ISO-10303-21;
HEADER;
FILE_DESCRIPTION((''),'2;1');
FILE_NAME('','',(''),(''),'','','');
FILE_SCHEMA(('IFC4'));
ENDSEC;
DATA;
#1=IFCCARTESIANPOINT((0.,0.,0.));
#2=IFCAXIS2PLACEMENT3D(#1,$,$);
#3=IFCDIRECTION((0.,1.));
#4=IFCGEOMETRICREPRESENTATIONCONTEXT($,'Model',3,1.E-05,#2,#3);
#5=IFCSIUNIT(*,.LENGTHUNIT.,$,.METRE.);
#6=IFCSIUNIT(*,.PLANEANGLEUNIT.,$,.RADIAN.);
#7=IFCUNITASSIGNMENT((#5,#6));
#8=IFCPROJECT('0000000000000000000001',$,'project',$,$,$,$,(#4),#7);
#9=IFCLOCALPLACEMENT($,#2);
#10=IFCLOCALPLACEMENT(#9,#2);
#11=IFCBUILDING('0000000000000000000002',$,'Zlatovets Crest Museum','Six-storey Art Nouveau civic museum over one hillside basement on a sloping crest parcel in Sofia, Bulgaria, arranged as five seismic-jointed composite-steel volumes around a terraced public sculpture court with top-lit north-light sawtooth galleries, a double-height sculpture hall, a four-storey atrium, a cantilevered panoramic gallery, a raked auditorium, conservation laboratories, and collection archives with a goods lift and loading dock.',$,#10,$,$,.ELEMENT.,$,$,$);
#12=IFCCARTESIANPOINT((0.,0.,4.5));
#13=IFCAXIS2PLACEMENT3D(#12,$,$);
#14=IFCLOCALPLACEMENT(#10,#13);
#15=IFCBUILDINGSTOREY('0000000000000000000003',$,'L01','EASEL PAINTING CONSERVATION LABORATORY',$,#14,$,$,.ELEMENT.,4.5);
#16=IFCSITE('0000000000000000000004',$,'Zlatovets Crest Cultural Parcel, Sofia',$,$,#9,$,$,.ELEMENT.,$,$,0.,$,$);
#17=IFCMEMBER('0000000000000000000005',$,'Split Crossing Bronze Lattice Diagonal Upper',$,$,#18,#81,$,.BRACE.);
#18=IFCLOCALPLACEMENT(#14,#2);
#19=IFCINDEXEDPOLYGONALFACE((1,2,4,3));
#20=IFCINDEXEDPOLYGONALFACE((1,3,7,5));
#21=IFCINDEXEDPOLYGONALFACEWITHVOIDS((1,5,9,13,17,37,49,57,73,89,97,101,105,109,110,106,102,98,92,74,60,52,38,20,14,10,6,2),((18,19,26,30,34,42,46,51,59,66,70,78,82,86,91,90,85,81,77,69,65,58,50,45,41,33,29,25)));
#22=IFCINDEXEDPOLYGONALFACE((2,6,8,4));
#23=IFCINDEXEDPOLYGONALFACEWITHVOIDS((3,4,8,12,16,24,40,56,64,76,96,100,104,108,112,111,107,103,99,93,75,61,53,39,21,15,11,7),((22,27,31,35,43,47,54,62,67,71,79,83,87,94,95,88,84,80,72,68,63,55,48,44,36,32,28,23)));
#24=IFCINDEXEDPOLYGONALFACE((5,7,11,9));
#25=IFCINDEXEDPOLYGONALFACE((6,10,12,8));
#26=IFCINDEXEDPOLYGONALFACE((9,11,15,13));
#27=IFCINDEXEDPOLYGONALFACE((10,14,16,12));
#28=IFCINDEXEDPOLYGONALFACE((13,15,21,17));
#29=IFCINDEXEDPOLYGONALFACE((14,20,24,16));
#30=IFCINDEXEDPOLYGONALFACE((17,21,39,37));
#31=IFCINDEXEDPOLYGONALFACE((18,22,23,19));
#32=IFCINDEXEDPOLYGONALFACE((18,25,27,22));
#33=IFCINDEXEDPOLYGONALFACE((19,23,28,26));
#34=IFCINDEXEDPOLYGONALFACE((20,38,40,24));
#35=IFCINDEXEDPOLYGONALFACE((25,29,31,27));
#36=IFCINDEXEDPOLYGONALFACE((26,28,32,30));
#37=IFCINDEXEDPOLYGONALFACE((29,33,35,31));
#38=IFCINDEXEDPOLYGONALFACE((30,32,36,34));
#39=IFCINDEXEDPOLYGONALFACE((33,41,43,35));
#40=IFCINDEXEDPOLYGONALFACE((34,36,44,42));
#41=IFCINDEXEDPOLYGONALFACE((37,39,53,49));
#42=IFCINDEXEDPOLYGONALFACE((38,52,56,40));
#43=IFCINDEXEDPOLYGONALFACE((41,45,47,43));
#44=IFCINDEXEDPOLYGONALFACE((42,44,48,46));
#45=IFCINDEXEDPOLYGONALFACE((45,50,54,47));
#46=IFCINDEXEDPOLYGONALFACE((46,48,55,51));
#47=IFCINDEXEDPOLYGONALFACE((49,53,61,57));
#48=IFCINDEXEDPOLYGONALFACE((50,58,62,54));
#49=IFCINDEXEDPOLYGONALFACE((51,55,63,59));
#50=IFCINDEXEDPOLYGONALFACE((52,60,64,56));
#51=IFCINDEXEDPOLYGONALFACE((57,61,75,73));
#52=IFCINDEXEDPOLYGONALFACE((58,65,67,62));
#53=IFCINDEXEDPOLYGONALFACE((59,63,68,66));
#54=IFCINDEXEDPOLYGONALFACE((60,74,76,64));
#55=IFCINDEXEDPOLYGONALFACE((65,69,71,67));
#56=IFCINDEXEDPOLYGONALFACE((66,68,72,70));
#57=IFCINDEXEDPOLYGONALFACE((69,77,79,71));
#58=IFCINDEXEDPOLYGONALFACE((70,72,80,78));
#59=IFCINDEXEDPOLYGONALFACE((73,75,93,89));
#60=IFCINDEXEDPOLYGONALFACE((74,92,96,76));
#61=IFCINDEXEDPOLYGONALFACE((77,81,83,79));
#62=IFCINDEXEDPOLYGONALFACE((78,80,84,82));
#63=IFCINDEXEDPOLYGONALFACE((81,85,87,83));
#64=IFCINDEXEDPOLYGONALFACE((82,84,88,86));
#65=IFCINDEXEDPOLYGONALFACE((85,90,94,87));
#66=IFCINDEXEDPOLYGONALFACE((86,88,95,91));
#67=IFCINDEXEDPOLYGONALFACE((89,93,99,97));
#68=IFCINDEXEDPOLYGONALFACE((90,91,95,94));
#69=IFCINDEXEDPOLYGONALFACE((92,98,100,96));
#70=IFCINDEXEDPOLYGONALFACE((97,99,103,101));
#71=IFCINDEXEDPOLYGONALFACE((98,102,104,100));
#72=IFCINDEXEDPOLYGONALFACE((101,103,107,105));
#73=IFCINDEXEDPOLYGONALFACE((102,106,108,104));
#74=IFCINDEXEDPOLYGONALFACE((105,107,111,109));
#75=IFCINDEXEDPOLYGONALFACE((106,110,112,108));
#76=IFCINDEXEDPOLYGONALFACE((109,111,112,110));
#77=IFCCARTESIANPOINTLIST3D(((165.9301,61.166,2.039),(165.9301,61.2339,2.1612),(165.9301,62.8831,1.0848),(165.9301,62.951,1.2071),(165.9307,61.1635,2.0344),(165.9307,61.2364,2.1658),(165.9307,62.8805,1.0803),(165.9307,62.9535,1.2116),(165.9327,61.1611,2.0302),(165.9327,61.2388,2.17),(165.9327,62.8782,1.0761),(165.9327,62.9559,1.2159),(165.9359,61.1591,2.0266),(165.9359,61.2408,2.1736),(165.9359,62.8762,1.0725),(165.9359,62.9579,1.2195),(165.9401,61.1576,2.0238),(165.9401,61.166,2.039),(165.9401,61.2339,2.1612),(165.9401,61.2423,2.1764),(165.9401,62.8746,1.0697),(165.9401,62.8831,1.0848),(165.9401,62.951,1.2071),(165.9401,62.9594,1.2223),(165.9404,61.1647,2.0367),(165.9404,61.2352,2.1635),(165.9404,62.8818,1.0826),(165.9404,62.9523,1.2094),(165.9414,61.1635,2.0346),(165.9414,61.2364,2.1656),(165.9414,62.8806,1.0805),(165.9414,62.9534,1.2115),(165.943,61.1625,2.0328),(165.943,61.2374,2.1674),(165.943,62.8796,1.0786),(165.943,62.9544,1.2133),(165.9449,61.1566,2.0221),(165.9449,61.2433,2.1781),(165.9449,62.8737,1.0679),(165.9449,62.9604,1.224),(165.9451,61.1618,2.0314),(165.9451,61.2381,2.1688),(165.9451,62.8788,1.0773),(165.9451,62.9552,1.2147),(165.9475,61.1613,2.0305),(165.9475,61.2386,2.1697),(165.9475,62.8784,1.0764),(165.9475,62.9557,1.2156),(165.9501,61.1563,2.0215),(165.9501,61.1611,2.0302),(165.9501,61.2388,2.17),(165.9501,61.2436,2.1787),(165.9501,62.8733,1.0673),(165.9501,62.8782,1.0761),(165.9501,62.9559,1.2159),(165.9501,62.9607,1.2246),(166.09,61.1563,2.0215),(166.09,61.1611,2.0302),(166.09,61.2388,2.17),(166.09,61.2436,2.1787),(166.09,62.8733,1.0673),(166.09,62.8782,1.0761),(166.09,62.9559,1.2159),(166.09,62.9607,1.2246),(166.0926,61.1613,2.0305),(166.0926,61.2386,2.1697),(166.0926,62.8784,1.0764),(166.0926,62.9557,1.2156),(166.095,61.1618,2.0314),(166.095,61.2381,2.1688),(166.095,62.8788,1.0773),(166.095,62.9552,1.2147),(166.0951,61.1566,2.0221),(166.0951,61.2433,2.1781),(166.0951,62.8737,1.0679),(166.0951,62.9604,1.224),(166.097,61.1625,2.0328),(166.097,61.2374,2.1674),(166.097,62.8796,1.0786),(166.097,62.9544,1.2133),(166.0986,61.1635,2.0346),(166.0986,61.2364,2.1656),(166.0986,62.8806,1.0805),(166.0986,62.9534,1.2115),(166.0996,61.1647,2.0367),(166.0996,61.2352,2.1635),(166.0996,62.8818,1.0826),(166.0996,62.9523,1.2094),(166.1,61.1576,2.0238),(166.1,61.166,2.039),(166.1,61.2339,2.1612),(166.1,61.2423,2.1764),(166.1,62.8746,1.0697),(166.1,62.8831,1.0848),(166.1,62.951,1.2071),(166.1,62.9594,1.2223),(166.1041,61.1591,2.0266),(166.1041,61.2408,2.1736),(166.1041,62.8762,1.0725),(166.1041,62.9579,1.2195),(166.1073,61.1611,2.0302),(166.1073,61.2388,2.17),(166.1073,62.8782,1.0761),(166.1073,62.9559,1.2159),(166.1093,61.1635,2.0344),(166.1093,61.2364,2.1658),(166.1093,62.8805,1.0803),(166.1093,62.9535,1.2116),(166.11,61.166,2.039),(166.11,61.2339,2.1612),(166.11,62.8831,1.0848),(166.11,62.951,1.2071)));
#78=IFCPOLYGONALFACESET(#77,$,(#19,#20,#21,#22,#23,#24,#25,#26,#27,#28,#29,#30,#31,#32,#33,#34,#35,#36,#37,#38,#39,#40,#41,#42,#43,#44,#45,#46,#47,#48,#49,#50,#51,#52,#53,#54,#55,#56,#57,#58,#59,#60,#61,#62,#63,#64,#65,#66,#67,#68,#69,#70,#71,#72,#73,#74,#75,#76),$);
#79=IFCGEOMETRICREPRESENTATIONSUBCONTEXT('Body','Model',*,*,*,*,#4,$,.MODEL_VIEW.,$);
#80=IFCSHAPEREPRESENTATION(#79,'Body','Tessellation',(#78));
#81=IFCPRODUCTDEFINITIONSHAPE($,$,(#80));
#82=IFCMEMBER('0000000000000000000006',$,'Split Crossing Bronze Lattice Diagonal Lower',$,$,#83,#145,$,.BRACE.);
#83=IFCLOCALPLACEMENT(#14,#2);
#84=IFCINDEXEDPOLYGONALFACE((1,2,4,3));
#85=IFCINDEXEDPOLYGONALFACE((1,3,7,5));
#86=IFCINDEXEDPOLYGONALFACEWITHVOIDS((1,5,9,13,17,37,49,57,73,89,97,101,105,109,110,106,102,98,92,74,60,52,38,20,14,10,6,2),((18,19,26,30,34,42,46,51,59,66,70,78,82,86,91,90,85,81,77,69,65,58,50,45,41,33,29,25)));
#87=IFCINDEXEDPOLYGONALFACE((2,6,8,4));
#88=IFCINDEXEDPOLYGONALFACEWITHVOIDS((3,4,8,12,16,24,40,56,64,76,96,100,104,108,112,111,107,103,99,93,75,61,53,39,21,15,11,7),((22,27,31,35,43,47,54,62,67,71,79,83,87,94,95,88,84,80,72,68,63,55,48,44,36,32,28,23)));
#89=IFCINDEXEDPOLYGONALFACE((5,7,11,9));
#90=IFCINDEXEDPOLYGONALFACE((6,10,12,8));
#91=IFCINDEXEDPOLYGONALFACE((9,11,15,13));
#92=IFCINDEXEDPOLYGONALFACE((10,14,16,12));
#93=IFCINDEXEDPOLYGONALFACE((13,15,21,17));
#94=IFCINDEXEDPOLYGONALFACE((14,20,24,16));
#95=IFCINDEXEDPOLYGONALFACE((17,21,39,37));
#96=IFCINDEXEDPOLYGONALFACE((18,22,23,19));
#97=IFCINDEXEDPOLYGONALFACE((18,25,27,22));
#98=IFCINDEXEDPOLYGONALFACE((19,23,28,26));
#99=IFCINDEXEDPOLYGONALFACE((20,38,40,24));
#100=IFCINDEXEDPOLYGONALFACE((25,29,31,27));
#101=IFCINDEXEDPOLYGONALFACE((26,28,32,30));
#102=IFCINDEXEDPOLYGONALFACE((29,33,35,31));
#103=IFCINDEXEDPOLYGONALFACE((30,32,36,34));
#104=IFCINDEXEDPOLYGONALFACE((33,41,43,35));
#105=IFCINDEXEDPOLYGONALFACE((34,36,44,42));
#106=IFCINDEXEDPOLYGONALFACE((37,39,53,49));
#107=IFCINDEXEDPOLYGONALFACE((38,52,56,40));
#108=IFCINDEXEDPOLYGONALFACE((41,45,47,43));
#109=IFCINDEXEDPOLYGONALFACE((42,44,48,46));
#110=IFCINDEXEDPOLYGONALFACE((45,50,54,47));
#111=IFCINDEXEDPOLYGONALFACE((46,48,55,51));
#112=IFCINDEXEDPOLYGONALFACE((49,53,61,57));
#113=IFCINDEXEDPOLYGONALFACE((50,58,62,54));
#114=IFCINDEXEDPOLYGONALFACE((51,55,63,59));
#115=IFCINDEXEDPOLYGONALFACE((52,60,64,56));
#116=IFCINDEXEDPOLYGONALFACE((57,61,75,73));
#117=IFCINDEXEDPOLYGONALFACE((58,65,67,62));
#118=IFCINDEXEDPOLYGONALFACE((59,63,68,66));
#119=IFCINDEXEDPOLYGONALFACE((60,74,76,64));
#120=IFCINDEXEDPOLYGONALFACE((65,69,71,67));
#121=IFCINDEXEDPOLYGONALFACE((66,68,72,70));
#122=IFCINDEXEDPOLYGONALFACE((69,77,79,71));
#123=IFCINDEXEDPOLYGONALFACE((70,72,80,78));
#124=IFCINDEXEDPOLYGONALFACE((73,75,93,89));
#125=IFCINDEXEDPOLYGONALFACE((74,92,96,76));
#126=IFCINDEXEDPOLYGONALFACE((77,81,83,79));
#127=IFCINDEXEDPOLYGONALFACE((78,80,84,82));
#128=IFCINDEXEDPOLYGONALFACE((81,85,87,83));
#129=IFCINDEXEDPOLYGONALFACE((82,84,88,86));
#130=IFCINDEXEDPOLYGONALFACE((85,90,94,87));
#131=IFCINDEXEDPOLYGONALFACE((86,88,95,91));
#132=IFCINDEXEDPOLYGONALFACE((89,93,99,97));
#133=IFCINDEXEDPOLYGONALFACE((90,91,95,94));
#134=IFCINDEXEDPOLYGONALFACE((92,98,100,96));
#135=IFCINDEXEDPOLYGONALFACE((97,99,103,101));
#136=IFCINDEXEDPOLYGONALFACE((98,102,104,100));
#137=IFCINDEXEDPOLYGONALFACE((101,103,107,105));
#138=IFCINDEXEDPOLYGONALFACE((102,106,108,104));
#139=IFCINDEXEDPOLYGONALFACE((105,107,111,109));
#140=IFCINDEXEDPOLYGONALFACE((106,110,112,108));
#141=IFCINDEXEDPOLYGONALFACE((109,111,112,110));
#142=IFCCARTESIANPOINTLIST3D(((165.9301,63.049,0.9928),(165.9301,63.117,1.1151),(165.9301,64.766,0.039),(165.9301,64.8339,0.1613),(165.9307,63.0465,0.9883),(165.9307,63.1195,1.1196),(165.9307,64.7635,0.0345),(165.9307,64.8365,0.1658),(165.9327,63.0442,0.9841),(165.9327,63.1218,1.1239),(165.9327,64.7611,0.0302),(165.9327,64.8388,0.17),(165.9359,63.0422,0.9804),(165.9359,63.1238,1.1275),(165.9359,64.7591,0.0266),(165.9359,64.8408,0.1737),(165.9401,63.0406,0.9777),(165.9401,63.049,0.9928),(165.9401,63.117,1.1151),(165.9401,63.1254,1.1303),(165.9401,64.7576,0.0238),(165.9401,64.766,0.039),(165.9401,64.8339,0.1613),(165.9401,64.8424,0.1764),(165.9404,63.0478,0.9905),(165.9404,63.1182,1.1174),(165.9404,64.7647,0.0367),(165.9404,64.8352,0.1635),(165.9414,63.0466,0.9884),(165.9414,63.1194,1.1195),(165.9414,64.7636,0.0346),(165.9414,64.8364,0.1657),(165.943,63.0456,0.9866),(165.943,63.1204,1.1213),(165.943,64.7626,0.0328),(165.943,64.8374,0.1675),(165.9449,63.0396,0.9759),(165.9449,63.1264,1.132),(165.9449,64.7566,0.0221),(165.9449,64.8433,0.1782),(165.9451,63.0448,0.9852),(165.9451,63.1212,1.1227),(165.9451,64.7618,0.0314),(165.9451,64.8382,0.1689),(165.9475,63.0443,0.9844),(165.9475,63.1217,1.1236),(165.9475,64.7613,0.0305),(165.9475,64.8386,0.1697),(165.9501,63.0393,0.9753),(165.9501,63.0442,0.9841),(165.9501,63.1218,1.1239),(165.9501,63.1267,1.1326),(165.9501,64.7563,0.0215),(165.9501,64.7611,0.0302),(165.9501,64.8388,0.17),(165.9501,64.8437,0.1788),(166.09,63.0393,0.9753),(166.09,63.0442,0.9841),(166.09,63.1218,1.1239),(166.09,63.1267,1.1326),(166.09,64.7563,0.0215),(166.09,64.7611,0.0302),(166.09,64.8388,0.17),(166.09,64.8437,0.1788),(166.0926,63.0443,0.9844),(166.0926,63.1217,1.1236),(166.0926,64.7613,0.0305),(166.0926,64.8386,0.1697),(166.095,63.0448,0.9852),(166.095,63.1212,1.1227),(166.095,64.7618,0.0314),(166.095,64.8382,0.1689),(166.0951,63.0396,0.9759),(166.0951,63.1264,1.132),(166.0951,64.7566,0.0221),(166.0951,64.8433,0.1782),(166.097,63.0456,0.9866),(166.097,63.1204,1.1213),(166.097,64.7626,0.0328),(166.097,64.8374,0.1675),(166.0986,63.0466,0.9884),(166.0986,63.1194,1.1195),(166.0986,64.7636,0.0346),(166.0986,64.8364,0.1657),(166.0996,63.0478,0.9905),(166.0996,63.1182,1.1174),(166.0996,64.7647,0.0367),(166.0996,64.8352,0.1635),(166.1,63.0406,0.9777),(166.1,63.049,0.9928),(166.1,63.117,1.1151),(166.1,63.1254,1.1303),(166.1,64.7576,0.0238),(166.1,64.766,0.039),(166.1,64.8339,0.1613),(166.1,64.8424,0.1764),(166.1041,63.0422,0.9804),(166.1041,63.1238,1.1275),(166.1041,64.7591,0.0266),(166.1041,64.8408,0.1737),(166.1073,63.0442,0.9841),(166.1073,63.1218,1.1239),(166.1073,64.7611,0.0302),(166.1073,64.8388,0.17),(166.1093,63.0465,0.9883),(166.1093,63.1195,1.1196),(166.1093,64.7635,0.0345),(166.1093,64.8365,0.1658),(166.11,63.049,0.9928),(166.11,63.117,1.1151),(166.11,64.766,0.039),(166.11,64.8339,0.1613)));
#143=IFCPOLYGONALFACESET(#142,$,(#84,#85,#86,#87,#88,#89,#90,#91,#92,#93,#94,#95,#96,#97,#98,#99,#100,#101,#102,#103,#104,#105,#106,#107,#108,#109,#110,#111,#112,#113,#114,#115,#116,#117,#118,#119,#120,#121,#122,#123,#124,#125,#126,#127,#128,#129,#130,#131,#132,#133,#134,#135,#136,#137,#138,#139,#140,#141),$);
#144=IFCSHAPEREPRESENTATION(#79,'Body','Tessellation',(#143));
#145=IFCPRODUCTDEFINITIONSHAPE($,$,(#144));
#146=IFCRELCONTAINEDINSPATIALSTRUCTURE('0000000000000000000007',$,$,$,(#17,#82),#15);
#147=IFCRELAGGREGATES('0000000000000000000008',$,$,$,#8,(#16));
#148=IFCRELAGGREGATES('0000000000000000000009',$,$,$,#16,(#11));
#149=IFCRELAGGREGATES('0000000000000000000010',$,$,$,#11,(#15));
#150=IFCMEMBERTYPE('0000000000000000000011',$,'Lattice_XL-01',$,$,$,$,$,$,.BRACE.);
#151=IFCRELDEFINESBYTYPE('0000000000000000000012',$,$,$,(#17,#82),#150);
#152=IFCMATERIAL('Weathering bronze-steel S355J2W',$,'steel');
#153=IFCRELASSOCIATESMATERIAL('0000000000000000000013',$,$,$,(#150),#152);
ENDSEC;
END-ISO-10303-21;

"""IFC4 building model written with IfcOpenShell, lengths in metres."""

from ifc_helpers import new_model, si_unit, direction, frame, origin, origin_2d, place, context, subcontext, project, spatial, hollow_rectangle, extrude, material, material_profile, profile_set, type_object, element, save


model = new_model("IFC4")

# Units and contexts
model_context = context("Model", 3, precision=1e-05, world=origin(), true_north=direction((0.0, 1.0)))
body_context = subcontext(model_context, "Body", "Model", "MODEL_VIEW")
ifc_project = project(units=[si_unit("LENGTHUNIT", "METRE"), si_unit("PLANEANGLEUNIT", "RADIAN")], contexts=[model_context])

# Site, building, storey
site_placement = place(None, origin())
site = spatial("IfcSite", under=ifc_project, at=site_placement, Name="Zlatovets Crest Cultural Parcel, Sofia", CompositionType="ELEMENT", RefElevation=0.0)
building_placement = place(site_placement, origin())
building = spatial("IfcBuilding", under=site, at=building_placement, Name="Zlatovets Crest Museum", Description="Six-storey Art Nouveau civic museum over one hillside basement on a sloping crest parcel in Sofia, Bulgaria, arranged as five seismic-jointed composite-steel volumes around a terraced public sculpture court with top-lit north-light sawtooth galleries, a double-height sculpture hall, a four-storey atrium, a cantilevered panoramic gallery, a raked auditorium, conservation laboratories, and collection archives with a goods lift and loading dock.", CompositionType="ELEMENT")
storey_placement = place(building_placement, frame((0.0, 0.0, 4.5)))
storey = spatial("IfcBuildingStorey", under=building, at=storey_placement, Name="L01", Description="EASEL PAINTING CONSERVATION LABORATORY", CompositionType="ELEMENT", Elevation=4.5)

# Members
ifc_material_1 = material(Name="Weathering bronze-steel S355J2W", Category="steel")
ifc_material_profile_1 = material_profile(ifc_material_1, hollow_rectangle(XDim=0.1799, YDim=0.1799, WallThickness=0.01, InnerFilletRadius=0.01, OuterFilletRadius=0.02, at=origin_2d()), Name="SHS 180x180x10.0")
ifc_profile_set_1 = profile_set([ifc_material_profile_1], Name="Weathering bronze-steel S355J2W")
member_type_1 = type_object("IfcMemberType", Name="Lattice_XL-01", PredefinedType="BRACE", material=ifc_profile_set_1)
member_1_placement = place(storey_placement, frame((166.02, 61.2, 2.1001), z_axis=(0.0, 0.874116, -0.485717), x_axis=(-1.0, 0.0, 0.0)))
element("IfcMember", 1, at=member_1_placement, inside=storey, type_object=member_type_1, Name="Split Crossing Bronze Lattice Diagonal Upper", PredefinedType="BRACE", context=body_context, shape_type="SweptSolid", body=[
    extrude(hollow_rectangle(XDim=0.1799, YDim=0.1799, WallThickness=0.01, InnerFilletRadius=0.01, OuterFilletRadius=0.02, at=origin_2d()), origin(), (0.0, 0.0, 1.0), 1.9644),
])
member_2_placement = place(storey_placement, frame((166.02, 63.083, 1.054), z_axis=(0.0, 0.874169, -0.485622), x_axis=(-1.0, 0.0, 0.0)))
element("IfcMember", 2, at=member_2_placement, inside=storey, type_object=member_type_1, Name="Split Crossing Bronze Lattice Diagonal Lower", PredefinedType="BRACE", context=body_context, shape_type="SweptSolid", body=[
    extrude(hollow_rectangle(XDim=0.1799, YDim=0.1799, WallThickness=0.01, InnerFilletRadius=0.01, OuterFilletRadius=0.02, at=origin_2d()), origin(), (0.0, 0.0, 1.0), 1.9641),
])

save(model, "model.ifc")
